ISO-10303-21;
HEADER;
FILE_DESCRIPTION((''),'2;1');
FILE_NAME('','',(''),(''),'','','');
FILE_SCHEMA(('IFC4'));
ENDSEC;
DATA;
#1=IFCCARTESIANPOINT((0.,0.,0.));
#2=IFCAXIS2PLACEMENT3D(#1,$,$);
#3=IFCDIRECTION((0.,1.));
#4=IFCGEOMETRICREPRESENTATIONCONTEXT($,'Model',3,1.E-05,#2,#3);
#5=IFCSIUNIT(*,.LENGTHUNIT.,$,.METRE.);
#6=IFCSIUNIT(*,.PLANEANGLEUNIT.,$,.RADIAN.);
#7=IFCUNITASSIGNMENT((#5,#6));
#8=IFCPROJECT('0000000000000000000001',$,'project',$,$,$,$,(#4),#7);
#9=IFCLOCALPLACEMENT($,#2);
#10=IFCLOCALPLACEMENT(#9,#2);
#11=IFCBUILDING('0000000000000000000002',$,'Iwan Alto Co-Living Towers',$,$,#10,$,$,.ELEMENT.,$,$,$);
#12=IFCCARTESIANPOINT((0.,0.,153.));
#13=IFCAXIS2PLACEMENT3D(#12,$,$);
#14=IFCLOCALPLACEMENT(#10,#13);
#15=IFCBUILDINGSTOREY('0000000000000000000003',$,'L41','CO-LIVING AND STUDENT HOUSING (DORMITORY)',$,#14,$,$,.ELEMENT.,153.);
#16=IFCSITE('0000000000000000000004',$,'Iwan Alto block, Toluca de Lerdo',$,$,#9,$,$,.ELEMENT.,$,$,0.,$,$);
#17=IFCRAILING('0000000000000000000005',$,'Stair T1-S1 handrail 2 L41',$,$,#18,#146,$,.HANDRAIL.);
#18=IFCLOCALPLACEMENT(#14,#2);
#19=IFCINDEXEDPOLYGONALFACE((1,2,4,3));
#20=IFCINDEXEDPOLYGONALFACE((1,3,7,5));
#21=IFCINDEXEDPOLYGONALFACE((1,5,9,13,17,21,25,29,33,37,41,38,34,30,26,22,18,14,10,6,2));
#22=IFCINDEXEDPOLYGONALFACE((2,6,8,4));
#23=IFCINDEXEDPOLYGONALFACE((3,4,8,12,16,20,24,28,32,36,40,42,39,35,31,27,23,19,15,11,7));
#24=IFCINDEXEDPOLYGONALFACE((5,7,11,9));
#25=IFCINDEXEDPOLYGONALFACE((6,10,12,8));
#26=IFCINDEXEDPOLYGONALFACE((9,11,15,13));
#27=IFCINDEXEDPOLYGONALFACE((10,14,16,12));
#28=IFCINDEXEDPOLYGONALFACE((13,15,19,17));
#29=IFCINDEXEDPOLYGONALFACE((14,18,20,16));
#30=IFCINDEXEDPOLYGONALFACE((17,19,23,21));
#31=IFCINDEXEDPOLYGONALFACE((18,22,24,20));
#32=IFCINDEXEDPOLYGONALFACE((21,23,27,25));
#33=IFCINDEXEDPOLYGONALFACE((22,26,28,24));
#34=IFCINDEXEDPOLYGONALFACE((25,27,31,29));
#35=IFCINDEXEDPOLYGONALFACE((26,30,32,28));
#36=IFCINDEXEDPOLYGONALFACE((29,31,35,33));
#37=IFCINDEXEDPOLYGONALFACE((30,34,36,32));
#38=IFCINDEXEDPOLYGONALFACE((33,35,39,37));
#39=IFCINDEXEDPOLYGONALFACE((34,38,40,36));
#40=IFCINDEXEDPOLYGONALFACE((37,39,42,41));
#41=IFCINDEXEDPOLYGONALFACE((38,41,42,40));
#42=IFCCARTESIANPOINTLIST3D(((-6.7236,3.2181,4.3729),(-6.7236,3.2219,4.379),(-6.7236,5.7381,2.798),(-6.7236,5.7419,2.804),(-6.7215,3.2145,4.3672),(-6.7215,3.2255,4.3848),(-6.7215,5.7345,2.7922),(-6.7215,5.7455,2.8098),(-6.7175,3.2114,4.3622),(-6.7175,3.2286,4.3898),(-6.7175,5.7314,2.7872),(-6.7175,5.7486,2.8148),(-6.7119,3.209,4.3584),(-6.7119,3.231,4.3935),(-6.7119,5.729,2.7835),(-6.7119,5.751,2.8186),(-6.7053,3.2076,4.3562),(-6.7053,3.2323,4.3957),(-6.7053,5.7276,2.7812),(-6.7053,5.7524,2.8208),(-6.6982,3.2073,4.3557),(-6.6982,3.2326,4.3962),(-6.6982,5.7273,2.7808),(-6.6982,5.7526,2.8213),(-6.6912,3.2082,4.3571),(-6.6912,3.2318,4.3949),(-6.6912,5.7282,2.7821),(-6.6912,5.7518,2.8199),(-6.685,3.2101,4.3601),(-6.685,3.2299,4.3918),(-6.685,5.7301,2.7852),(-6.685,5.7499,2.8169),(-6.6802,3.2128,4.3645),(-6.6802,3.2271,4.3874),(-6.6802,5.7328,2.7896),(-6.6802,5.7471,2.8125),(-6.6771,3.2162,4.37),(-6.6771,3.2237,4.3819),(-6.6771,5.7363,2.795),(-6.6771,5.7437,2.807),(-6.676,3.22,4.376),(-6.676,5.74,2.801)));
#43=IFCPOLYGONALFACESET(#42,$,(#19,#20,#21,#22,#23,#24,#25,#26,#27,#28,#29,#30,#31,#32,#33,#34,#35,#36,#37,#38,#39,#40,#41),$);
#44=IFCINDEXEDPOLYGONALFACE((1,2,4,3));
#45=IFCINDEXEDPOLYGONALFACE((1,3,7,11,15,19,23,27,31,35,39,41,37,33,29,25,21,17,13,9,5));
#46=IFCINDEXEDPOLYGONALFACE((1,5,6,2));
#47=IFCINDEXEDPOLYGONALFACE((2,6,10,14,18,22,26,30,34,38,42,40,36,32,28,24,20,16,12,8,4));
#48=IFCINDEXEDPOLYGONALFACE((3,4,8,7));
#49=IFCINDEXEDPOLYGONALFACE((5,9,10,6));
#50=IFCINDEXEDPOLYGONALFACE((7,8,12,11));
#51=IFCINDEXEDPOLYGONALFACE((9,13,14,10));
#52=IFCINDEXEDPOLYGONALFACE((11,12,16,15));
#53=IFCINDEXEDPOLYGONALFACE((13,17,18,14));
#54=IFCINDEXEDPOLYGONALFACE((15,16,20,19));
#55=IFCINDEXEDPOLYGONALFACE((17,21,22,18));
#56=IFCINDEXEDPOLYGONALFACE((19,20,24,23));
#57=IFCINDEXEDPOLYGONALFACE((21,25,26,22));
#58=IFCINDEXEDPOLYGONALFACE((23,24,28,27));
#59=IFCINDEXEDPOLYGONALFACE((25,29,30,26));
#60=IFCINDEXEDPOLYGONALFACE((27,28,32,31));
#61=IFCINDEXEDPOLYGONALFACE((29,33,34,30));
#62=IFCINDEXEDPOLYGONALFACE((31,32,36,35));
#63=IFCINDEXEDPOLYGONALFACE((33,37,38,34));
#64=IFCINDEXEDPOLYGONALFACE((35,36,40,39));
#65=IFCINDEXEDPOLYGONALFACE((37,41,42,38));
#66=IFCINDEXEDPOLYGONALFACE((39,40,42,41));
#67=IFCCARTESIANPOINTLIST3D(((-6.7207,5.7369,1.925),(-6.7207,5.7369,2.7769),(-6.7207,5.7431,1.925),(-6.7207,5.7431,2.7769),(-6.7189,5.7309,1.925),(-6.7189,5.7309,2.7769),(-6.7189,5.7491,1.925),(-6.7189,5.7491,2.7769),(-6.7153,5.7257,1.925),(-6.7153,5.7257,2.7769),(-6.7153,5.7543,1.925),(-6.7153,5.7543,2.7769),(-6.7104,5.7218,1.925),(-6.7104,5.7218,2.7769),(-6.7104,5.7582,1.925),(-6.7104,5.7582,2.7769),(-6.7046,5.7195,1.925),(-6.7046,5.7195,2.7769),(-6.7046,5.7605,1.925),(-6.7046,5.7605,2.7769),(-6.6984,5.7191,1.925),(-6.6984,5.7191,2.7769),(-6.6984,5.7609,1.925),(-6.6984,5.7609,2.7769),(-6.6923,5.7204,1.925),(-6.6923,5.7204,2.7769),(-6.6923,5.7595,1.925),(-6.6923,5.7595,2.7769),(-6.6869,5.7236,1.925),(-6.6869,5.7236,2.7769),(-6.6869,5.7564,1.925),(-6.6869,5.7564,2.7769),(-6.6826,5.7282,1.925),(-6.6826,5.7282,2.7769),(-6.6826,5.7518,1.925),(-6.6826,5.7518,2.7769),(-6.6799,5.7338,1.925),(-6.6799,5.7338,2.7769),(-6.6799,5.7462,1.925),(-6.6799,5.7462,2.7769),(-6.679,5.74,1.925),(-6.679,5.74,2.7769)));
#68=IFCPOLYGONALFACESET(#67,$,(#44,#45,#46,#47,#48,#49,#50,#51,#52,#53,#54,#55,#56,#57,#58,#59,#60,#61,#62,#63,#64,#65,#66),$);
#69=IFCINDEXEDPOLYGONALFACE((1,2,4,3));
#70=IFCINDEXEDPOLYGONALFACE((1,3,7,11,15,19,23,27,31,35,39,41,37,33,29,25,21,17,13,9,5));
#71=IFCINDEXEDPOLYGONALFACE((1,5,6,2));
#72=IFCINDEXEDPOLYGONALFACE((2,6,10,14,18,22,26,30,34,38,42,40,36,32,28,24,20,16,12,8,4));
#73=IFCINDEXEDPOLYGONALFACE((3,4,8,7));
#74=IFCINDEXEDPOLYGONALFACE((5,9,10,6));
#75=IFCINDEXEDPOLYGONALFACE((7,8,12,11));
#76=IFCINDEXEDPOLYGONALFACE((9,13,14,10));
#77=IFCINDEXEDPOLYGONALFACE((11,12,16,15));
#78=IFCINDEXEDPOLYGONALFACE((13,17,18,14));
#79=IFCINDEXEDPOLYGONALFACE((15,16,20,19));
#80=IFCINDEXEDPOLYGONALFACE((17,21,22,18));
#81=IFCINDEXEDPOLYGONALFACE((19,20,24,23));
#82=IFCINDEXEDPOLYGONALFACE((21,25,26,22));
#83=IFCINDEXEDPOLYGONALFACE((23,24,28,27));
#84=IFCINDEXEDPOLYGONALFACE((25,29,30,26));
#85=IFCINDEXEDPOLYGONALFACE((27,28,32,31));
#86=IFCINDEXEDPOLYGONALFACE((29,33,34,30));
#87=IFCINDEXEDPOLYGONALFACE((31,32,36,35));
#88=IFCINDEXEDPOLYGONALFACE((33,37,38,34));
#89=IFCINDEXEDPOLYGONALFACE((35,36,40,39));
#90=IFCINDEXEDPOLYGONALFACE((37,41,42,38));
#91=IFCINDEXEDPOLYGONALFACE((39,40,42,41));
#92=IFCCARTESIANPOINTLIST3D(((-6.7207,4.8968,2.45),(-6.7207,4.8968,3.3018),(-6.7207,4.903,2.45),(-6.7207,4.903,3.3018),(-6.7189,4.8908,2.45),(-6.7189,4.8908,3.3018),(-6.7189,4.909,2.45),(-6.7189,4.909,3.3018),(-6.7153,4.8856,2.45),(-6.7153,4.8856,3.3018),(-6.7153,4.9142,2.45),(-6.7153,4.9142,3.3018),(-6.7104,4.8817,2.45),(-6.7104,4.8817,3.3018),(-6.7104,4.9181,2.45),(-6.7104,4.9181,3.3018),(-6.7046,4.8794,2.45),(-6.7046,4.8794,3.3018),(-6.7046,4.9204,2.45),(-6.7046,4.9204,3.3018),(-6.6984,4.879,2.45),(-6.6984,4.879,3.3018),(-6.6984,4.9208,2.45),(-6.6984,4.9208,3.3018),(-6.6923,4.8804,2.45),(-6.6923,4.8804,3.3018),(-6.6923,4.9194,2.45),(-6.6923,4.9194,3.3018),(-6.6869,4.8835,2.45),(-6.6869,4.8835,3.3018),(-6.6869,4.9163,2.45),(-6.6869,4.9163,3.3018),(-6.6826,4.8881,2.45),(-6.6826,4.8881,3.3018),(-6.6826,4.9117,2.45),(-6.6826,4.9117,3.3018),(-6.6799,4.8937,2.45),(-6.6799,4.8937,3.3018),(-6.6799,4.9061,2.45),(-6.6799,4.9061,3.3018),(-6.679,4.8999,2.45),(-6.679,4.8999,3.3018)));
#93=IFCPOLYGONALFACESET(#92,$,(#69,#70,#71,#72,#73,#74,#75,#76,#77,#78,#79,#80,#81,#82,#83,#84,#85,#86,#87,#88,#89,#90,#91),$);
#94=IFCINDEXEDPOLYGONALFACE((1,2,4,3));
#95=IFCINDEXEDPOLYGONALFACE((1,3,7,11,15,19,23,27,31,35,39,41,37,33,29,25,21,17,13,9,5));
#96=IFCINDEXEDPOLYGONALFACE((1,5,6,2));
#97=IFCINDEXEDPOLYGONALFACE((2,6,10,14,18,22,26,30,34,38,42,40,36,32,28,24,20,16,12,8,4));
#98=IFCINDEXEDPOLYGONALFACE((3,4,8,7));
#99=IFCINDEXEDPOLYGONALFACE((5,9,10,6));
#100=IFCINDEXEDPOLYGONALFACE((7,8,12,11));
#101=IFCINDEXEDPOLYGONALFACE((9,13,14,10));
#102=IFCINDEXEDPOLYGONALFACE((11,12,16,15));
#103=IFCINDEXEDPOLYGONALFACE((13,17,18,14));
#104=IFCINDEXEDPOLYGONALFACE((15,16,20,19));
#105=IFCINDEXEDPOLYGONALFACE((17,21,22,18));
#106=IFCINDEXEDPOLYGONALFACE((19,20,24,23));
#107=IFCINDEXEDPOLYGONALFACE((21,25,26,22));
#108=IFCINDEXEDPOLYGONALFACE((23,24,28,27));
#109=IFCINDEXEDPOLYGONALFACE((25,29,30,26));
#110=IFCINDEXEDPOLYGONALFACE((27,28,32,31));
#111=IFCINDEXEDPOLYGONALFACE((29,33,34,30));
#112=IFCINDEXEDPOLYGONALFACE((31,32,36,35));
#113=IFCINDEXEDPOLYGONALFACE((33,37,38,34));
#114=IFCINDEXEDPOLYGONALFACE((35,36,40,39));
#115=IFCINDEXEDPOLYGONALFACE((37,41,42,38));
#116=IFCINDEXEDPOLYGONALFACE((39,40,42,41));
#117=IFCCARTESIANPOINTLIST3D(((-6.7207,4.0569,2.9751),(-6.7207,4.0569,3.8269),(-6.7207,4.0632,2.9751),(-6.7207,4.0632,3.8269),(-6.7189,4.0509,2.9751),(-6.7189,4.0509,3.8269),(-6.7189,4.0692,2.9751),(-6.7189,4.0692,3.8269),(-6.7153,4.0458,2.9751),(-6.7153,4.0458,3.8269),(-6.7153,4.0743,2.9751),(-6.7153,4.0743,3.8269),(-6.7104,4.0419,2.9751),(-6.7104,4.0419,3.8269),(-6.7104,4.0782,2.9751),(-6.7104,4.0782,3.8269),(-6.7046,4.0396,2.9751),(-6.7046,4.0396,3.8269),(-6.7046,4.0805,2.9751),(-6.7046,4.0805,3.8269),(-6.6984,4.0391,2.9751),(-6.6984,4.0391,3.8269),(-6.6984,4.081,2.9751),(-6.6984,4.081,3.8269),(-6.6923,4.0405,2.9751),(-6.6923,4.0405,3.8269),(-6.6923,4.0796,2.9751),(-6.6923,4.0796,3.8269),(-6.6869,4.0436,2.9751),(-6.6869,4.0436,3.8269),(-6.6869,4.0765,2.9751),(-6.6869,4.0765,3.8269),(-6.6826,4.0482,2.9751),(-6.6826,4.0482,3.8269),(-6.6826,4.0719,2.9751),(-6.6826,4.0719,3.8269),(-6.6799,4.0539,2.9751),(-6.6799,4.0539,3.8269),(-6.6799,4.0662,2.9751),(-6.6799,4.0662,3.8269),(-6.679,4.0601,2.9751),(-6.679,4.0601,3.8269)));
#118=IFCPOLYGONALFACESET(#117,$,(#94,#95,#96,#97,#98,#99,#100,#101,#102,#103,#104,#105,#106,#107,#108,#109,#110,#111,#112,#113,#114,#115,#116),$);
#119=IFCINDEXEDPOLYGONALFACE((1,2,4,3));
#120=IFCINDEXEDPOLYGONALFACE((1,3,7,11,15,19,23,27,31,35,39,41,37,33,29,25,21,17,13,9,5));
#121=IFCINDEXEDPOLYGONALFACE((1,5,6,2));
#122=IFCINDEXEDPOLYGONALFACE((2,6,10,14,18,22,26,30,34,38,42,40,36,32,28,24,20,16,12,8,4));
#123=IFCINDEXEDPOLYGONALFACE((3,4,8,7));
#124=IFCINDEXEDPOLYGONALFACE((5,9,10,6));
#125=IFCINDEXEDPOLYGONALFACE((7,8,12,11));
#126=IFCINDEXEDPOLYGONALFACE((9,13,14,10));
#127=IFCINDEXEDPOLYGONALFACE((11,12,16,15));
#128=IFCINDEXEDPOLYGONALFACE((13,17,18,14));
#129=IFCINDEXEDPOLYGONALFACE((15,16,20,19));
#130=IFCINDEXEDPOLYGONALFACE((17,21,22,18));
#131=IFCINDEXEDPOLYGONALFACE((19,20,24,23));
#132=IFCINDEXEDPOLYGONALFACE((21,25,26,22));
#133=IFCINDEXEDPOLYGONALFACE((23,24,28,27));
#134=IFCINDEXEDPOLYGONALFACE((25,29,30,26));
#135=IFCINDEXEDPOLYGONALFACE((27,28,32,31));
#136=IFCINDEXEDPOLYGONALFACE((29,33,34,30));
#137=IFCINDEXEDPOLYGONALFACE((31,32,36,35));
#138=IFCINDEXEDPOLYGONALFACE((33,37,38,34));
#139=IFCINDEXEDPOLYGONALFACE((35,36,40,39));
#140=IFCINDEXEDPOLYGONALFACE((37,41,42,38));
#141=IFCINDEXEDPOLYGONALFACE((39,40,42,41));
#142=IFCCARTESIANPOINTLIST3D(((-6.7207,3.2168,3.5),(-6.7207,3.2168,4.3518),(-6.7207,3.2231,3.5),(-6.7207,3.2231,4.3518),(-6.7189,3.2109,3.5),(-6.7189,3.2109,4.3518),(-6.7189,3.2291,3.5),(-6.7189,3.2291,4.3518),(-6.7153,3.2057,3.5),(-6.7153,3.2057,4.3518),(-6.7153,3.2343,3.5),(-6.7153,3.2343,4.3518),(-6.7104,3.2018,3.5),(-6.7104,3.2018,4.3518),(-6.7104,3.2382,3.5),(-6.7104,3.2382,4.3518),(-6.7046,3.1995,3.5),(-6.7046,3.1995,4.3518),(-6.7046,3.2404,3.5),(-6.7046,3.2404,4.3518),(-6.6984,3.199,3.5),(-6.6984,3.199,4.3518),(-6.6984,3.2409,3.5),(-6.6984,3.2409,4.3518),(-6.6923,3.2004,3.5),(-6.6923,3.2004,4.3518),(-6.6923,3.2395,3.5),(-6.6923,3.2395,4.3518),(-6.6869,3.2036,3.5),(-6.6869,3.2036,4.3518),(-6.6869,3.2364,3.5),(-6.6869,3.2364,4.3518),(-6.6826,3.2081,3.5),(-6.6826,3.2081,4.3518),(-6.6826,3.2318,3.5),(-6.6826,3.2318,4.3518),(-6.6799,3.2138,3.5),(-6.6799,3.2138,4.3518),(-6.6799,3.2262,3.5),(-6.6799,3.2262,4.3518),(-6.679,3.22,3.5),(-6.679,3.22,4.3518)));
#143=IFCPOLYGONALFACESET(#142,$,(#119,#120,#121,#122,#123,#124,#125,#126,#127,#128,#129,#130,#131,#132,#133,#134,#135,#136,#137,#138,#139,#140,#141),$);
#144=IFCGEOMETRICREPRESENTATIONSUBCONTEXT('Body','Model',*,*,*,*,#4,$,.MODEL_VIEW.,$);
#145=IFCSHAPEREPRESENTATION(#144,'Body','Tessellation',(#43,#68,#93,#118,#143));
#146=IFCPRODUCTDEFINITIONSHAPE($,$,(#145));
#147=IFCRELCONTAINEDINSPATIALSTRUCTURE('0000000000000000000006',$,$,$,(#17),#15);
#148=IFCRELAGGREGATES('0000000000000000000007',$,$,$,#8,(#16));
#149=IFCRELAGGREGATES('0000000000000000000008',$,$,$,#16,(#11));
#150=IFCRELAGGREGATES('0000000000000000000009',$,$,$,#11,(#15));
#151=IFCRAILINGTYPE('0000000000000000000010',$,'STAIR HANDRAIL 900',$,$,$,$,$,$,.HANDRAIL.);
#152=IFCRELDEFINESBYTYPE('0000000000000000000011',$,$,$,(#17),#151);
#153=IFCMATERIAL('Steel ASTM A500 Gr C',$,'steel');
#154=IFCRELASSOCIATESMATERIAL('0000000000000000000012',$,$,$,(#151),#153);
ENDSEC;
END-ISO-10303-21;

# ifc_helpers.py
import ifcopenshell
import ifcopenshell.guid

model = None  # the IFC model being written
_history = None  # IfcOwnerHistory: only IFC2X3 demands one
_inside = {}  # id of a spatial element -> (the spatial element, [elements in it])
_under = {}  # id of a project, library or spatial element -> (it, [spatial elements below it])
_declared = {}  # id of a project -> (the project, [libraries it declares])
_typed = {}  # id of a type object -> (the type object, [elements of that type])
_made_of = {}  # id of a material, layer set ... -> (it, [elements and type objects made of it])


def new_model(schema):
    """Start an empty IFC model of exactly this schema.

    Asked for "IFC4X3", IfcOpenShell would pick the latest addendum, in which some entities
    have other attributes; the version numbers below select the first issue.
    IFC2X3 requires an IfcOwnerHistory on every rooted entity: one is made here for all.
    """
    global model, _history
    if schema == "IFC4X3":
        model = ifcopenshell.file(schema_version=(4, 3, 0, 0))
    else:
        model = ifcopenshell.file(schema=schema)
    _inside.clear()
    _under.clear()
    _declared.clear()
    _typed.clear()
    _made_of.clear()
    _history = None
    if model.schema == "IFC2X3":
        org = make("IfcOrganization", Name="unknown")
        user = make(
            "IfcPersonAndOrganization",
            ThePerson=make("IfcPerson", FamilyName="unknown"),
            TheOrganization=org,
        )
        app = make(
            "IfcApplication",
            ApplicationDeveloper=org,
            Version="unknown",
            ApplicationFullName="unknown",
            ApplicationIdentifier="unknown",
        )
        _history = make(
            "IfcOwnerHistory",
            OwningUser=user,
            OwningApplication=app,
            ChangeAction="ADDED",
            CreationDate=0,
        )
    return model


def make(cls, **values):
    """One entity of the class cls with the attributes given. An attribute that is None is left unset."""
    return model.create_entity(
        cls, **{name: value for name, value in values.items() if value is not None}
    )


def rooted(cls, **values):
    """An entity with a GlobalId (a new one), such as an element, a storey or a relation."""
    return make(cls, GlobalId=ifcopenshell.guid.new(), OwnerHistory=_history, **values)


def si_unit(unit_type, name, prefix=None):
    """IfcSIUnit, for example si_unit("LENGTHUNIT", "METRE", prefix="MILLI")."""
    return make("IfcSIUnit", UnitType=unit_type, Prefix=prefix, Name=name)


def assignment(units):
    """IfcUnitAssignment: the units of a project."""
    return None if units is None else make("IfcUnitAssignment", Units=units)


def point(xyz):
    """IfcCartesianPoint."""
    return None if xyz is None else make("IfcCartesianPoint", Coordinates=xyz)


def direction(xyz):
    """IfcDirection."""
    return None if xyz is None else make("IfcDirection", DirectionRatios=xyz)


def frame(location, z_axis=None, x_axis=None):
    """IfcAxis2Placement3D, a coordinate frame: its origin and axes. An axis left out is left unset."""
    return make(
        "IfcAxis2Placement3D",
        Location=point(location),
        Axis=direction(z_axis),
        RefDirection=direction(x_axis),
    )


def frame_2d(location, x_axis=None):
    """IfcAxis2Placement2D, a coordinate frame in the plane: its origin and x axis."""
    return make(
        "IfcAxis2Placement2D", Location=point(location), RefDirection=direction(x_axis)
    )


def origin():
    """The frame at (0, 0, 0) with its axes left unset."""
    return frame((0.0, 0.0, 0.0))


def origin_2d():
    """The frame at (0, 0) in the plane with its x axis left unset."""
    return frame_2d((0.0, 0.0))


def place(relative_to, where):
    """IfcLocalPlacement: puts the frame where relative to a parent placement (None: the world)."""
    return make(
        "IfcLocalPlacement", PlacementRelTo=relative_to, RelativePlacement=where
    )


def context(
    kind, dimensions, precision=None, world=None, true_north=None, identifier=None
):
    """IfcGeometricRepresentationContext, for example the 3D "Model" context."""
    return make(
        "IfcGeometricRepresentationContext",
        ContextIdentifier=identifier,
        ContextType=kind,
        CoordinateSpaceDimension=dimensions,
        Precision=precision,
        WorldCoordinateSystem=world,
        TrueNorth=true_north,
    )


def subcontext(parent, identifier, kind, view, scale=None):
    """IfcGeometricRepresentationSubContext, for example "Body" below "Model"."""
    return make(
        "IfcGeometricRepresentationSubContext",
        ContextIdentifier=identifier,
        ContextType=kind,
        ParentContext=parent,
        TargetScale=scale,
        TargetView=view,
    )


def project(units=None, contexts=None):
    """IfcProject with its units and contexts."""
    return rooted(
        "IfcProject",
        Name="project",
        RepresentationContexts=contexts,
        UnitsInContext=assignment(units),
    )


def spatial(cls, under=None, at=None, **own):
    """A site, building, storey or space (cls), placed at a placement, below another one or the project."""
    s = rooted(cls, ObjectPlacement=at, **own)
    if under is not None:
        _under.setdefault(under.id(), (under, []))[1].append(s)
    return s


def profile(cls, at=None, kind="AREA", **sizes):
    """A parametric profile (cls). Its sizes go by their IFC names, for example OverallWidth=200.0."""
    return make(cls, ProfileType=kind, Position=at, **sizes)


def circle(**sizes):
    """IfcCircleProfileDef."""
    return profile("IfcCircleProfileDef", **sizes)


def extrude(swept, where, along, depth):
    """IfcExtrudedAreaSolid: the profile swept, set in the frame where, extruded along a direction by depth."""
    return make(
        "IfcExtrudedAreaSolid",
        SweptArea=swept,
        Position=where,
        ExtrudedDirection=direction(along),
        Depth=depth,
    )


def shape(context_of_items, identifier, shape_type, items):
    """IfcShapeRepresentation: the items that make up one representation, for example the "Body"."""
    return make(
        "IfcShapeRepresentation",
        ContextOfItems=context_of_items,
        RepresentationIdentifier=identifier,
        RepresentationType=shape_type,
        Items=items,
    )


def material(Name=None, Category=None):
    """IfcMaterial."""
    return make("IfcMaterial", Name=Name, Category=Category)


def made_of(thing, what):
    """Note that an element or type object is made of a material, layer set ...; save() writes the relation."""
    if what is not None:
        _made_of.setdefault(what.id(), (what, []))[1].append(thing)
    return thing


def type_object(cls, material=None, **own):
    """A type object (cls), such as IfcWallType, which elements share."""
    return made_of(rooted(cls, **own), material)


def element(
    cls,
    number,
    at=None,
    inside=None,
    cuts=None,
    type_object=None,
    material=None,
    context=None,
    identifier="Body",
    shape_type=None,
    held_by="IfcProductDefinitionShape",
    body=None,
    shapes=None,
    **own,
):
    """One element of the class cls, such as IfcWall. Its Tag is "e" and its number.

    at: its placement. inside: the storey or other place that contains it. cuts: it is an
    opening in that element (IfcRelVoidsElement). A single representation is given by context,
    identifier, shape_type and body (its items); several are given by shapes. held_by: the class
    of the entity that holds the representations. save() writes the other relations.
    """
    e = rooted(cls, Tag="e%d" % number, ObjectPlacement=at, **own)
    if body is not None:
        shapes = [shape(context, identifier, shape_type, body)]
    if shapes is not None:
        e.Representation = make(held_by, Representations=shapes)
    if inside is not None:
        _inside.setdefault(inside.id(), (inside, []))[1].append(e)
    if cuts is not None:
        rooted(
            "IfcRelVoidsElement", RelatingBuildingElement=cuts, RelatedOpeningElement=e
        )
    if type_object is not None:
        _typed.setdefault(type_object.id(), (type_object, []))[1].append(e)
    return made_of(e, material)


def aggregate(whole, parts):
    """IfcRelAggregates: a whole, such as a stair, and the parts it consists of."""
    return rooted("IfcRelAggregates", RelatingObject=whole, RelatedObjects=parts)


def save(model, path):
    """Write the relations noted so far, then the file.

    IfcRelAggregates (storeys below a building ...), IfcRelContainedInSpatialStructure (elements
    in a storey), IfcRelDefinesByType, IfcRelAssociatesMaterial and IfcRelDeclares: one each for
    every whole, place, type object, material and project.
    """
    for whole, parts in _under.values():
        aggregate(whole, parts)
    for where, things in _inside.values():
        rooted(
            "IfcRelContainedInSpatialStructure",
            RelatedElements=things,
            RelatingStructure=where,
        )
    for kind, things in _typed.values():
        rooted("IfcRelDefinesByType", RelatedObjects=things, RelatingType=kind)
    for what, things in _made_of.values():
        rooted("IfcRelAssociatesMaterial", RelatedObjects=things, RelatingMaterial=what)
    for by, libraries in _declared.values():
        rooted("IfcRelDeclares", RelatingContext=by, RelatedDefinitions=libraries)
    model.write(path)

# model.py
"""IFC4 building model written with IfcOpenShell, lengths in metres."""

from ifc_helpers import new_model, si_unit, direction, frame, origin, origin_2d, place, context, subcontext, project, spatial, circle, extrude, material, type_object, element, save


model = new_model("IFC4")

# Units and contexts
model_context = context("Model", 3, precision=1e-05, world=origin(), true_north=direction((0.0, 1.0)))
body_context = subcontext(model_context, "Body", "Model", "MODEL_VIEW")
ifc_project = project(units=[si_unit("LENGTHUNIT", "METRE"), si_unit("PLANEANGLEUNIT", "RADIAN")], contexts=[model_context])

# Site, building, storey
site_placement = place(None, origin())
site = spatial("IfcSite", under=ifc_project, at=site_placement, Name="Iwan Alto block, Toluca de Lerdo", CompositionType="ELEMENT", RefElevation=0.0)
building_placement = place(site_placement, origin())
building = spatial("IfcBuilding", under=site, at=building_placement, Name="Iwan Alto Co-Living Towers", CompositionType="ELEMENT")
storey_placement = place(building_placement, frame((0.0, 0.0, 153.0)))
storey = spatial("IfcBuildingStorey", under=building, at=storey_placement, Name="L41", Description="CO-LIVING AND STUDENT HOUSING (DORMITORY)", CompositionType="ELEMENT", Elevation=153.0)

# Railing
ifc_material_1 = material(Name="Steel ASTM A500 Gr C", Category="steel")
railing_type_1 = type_object("IfcRailingType", Name="STAIR HANDRAIL 900", PredefinedType="HANDRAIL", material=ifc_material_1)
railing_1_placement = place(storey_placement, frame((-6.7, 5.74, 1.925)))
element("IfcRailing", 1, at=railing_1_placement, inside=storey, type_object=railing_type_1, Name="Stair T1-S1 handrail 2 L41", PredefinedType="HANDRAIL", context=body_context, shape_type="SweptSolid", body=[
    extrude(circle(Radius=0.0239, at=origin_2d()), frame((0.0, 0.0, 0.876), z_axis=(0.0, -0.848008, 0.529984), x_axis=(1.0, 0.0, 0.0)), (0.0, 0.0, 1.0), 2.9717),
    extrude(circle(Radius=0.021, at=origin_2d()), origin(), (0.0, 0.0, 1.0), 0.8518),
    extrude(circle(Radius=0.021, at=origin_2d()), frame((0.0, -0.8401, 0.5249)), (0.0, 0.0, 1.0), 0.8518),
    extrude(circle(Radius=0.021, at=origin_2d()), frame((0.0, -1.6799, 1.05)), (0.0, 0.0, 1.0), 0.8518),
    extrude(circle(Radius=0.021, at=origin_2d()), frame((0.0, -2.52, 1.575)), (0.0, 0.0, 1.0), 0.8518),
])

save(model, "model.ifc")
